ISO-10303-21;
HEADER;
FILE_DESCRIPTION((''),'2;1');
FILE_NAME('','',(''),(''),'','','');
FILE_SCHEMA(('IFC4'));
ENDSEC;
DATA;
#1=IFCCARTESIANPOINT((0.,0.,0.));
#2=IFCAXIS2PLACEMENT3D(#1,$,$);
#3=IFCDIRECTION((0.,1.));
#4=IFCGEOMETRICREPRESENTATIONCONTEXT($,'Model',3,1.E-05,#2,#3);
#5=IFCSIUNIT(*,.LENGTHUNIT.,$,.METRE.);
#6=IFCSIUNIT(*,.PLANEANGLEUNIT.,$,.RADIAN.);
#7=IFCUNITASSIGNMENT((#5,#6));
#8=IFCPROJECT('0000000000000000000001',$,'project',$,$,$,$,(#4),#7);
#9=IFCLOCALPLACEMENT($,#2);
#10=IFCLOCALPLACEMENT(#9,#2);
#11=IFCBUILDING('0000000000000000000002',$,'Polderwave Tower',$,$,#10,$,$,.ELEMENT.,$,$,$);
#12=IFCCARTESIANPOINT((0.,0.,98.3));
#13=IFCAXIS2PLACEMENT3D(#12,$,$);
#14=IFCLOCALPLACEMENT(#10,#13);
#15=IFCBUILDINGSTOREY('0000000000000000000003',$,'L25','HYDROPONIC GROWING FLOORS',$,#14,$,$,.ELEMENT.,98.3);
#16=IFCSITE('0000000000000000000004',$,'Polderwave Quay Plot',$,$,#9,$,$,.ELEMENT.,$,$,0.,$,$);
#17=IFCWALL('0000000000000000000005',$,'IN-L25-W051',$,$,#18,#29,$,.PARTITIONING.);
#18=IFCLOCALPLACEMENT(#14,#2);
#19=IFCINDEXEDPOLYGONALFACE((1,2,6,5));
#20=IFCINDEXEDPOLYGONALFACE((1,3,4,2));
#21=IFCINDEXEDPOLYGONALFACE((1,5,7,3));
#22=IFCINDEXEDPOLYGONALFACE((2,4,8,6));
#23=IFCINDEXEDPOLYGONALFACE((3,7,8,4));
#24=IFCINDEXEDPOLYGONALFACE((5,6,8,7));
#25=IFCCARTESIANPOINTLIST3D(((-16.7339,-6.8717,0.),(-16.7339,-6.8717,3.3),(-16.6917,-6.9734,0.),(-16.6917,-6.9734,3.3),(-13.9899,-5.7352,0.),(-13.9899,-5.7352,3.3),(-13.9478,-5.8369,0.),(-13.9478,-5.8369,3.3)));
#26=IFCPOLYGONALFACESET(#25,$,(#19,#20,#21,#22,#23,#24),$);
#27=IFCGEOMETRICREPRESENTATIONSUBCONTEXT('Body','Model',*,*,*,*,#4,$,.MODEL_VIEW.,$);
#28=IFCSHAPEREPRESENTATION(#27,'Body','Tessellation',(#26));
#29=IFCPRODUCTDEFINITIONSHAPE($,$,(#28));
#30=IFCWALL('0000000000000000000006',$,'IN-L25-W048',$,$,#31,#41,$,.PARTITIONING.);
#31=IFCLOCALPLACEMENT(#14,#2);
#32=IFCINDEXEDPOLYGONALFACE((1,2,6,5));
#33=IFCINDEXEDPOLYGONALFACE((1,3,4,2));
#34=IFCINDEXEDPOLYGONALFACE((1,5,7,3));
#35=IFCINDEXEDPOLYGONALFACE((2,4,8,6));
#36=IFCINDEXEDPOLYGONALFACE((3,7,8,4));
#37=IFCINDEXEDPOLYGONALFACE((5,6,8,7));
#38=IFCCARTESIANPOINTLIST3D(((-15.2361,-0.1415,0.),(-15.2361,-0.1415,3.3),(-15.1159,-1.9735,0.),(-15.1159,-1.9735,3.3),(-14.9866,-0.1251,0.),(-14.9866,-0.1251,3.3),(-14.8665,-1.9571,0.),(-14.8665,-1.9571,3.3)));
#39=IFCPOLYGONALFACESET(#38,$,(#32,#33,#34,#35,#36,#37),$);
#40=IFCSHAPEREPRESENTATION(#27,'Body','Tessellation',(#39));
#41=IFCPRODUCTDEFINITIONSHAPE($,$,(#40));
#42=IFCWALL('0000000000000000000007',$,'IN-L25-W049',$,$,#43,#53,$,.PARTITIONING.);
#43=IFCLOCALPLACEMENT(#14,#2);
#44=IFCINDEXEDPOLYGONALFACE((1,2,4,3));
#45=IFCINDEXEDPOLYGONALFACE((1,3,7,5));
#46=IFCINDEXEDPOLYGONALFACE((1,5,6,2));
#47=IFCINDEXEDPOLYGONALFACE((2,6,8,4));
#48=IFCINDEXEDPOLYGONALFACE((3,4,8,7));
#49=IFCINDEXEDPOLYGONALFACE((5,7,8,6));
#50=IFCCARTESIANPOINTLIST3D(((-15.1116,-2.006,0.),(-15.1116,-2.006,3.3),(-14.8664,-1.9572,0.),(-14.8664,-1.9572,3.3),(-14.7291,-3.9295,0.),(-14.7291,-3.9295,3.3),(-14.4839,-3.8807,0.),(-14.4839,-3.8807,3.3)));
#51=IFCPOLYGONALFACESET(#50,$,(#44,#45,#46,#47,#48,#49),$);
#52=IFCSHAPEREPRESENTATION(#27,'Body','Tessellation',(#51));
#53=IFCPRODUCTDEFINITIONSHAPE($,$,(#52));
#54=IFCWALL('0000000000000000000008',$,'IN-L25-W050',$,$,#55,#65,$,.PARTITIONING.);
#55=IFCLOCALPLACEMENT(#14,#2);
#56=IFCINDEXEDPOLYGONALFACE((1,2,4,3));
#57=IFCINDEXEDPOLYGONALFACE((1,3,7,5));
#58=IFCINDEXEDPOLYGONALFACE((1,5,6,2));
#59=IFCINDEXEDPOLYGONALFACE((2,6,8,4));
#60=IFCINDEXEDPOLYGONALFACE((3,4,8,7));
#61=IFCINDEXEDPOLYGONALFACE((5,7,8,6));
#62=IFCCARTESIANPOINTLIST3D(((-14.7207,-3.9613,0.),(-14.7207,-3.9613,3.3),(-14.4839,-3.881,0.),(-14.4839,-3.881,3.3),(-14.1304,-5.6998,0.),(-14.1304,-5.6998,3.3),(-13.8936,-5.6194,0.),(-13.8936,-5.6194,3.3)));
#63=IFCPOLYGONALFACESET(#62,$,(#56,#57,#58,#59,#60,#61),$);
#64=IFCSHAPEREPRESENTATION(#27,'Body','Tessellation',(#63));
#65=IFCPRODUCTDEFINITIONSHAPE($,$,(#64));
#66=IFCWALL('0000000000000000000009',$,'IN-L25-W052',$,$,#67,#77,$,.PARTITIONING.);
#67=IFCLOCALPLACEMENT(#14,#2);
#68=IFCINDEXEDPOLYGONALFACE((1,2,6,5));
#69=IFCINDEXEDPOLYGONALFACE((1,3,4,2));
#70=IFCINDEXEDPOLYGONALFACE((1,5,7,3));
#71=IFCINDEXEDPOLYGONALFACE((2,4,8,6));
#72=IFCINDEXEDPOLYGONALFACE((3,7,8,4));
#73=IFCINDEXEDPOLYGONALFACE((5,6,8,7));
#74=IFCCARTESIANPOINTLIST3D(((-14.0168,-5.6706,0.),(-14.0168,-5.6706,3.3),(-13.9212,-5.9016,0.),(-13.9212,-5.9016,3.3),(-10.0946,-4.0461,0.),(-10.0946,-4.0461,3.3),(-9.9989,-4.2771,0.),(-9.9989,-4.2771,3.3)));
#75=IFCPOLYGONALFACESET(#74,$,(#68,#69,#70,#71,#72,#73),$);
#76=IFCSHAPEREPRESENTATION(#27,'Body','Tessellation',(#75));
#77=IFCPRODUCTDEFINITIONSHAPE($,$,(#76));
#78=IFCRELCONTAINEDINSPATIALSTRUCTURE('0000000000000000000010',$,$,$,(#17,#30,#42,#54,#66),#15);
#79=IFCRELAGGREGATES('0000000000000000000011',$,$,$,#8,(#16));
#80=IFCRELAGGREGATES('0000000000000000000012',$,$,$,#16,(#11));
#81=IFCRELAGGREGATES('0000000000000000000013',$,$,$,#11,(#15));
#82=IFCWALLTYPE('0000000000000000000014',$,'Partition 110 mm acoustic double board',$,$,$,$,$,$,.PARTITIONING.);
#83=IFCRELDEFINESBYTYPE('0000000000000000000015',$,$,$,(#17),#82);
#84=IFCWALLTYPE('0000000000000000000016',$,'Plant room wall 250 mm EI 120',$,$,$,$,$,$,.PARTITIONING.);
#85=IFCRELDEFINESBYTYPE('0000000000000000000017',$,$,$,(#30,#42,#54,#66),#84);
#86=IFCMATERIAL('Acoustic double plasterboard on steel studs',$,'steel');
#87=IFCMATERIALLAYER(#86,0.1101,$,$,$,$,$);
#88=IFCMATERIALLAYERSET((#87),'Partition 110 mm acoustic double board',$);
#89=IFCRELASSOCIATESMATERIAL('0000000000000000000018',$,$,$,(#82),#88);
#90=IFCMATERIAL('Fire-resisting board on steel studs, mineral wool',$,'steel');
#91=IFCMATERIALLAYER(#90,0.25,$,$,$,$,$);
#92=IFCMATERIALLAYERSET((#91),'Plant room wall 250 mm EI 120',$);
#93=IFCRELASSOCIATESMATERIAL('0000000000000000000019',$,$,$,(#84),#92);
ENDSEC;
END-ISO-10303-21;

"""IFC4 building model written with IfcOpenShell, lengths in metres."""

from ifc_helpers import new_model, si_unit, direction, frame, frame_2d, origin, place, context, subcontext, project, spatial, rectangle, extrude, material, layer, layer_set, type_object, element, save


model = new_model("IFC4")

# Units and contexts
model_context = context("Model", 3, precision=1e-05, world=origin(), true_north=direction((0.0, 1.0)))
body_context = subcontext(model_context, "Body", "Model", "MODEL_VIEW")
ifc_project = project(units=[si_unit("LENGTHUNIT", "METRE"), si_unit("PLANEANGLEUNIT", "RADIAN")], contexts=[model_context])

# Site, building, storey
site_placement = place(None, origin())
site = spatial("IfcSite", under=ifc_project, at=site_placement, Name="Polderwave Quay Plot", CompositionType="ELEMENT", RefElevation=0.0)
building_placement = place(site_placement, origin())
building = spatial("IfcBuilding", under=site, at=building_placement, Name="Polderwave Tower", CompositionType="ELEMENT")
storey_placement = place(building_placement, frame((0.0, 0.0, 98.3)))
storey = spatial("IfcBuildingStorey", under=building, at=storey_placement, Name="L25", Description="HYDROPONIC GROWING FLOORS", CompositionType="ELEMENT", Elevation=98.3)

# Walls
ifc_material_1 = material(Name="Acoustic double plasterboard on steel studs", Category="steel")
ifc_layer_1 = layer(ifc_material_1, 0.1101)
ifc_layer_set_1 = layer_set([ifc_layer_1], Name="Partition 110 mm acoustic double board")
wall_type_1 = type_object("IfcWallType", Name="Partition 110 mm acoustic double board", PredefinedType="PARTITIONING", material=ifc_layer_set_1)
wall_1_placement = place(storey_placement, frame((-13.969, -5.7861, 0.0), z_axis=(0.0, 0.0, 1.0), x_axis=(-0.92389, -0.382659, 0.0)))
element("IfcWall", 1, at=wall_1_placement, inside=storey, type_object=wall_type_1, Name="IN-L25-W051", PredefinedType="PARTITIONING", context=body_context, shape_type="SweptSolid", body=[
    extrude(rectangle(XDim=2.97, YDim=0.1101, at=frame_2d((1.4849, 0.0))), origin(), (0.0, 0.0, 1.0), 3.3),
])
ifc_material_2 = material(Name="Fire-resisting board on steel studs, mineral wool", Category="steel")
ifc_layer_2 = layer(ifc_material_2, 0.25)
ifc_layer_set_2 = layer_set([ifc_layer_2], Name="Plant room wall 250 mm EI 120")
wall_type_2 = type_object("IfcWallType", Name="Plant room wall 250 mm EI 120", PredefinedType="PARTITIONING", material=ifc_layer_set_2)
wall_2_placement = place(storey_placement, frame((-15.1113, -0.1333, 0.0), z_axis=(0.0, 0.0, 1.0), x_axis=(0.065425, -0.997858, 0.0)))
element("IfcWall", 2, at=wall_2_placement, inside=storey, type_object=wall_type_2, Name="IN-L25-W048", PredefinedType="PARTITIONING", context=body_context, shape_type="SweptSolid", body=[
    extrude(rectangle(XDim=1.8359, YDim=0.25, at=frame_2d((0.918, 0.0))), origin(), (0.0, 0.0, 1.0), 3.3),
])
wall_3_placement = place(storey_placement, frame((-14.989, -1.9817, 0.0), z_axis=(0.0, 0.0, 1.0), x_axis=(0.195063, -0.980791, 0.0)))
element("IfcWall", 3, at=wall_3_placement, inside=storey, type_object=wall_type_2, Name="IN-L25-W049", PredefinedType="PARTITIONING", context=body_context, shape_type="SweptSolid", body=[
    extrude(rectangle(XDim=1.9612, YDim=0.25, at=frame_2d((0.9805, 0.0))), origin(), (0.0, 0.0, 1.0), 3.3),
])
wall_4_placement = place(storey_placement, frame((-14.6023, -3.9211, 0.0), z_axis=(0.0, 0.0, 1.0), x_axis=(0.321528, -0.9469, 0.0)))
element("IfcWall", 4, at=wall_4_placement, inside=storey, type_object=wall_type_2, Name="IN-L25-W050", PredefinedType="PARTITIONING", context=body_context, shape_type="SweptSolid", body=[
    extrude(rectangle(XDim=1.8359, YDim=0.25, at=frame_2d((0.918, 0.0))), origin(), (0.0, 0.0, 1.0), 3.3),
])
wall_5_placement = place(storey_placement, frame((-10.0469, -4.1616, 0.0), z_axis=(0.0, 0.0, 1.0), x_axis=(-0.923886, -0.382667, 0.0)))
element("IfcWall", 5, at=wall_5_placement, inside=storey, type_object=wall_type_2, Name="IN-L25-W052", PredefinedType="PARTITIONING", context=body_context, shape_type="SweptSolid", body=[
    extrude(rectangle(XDim=4.2454, YDim=0.25, at=frame_2d((2.1226, 0.0))), origin(), (0.0, 0.0, 1.0), 3.3),
])

save(model, "model.ifc")
